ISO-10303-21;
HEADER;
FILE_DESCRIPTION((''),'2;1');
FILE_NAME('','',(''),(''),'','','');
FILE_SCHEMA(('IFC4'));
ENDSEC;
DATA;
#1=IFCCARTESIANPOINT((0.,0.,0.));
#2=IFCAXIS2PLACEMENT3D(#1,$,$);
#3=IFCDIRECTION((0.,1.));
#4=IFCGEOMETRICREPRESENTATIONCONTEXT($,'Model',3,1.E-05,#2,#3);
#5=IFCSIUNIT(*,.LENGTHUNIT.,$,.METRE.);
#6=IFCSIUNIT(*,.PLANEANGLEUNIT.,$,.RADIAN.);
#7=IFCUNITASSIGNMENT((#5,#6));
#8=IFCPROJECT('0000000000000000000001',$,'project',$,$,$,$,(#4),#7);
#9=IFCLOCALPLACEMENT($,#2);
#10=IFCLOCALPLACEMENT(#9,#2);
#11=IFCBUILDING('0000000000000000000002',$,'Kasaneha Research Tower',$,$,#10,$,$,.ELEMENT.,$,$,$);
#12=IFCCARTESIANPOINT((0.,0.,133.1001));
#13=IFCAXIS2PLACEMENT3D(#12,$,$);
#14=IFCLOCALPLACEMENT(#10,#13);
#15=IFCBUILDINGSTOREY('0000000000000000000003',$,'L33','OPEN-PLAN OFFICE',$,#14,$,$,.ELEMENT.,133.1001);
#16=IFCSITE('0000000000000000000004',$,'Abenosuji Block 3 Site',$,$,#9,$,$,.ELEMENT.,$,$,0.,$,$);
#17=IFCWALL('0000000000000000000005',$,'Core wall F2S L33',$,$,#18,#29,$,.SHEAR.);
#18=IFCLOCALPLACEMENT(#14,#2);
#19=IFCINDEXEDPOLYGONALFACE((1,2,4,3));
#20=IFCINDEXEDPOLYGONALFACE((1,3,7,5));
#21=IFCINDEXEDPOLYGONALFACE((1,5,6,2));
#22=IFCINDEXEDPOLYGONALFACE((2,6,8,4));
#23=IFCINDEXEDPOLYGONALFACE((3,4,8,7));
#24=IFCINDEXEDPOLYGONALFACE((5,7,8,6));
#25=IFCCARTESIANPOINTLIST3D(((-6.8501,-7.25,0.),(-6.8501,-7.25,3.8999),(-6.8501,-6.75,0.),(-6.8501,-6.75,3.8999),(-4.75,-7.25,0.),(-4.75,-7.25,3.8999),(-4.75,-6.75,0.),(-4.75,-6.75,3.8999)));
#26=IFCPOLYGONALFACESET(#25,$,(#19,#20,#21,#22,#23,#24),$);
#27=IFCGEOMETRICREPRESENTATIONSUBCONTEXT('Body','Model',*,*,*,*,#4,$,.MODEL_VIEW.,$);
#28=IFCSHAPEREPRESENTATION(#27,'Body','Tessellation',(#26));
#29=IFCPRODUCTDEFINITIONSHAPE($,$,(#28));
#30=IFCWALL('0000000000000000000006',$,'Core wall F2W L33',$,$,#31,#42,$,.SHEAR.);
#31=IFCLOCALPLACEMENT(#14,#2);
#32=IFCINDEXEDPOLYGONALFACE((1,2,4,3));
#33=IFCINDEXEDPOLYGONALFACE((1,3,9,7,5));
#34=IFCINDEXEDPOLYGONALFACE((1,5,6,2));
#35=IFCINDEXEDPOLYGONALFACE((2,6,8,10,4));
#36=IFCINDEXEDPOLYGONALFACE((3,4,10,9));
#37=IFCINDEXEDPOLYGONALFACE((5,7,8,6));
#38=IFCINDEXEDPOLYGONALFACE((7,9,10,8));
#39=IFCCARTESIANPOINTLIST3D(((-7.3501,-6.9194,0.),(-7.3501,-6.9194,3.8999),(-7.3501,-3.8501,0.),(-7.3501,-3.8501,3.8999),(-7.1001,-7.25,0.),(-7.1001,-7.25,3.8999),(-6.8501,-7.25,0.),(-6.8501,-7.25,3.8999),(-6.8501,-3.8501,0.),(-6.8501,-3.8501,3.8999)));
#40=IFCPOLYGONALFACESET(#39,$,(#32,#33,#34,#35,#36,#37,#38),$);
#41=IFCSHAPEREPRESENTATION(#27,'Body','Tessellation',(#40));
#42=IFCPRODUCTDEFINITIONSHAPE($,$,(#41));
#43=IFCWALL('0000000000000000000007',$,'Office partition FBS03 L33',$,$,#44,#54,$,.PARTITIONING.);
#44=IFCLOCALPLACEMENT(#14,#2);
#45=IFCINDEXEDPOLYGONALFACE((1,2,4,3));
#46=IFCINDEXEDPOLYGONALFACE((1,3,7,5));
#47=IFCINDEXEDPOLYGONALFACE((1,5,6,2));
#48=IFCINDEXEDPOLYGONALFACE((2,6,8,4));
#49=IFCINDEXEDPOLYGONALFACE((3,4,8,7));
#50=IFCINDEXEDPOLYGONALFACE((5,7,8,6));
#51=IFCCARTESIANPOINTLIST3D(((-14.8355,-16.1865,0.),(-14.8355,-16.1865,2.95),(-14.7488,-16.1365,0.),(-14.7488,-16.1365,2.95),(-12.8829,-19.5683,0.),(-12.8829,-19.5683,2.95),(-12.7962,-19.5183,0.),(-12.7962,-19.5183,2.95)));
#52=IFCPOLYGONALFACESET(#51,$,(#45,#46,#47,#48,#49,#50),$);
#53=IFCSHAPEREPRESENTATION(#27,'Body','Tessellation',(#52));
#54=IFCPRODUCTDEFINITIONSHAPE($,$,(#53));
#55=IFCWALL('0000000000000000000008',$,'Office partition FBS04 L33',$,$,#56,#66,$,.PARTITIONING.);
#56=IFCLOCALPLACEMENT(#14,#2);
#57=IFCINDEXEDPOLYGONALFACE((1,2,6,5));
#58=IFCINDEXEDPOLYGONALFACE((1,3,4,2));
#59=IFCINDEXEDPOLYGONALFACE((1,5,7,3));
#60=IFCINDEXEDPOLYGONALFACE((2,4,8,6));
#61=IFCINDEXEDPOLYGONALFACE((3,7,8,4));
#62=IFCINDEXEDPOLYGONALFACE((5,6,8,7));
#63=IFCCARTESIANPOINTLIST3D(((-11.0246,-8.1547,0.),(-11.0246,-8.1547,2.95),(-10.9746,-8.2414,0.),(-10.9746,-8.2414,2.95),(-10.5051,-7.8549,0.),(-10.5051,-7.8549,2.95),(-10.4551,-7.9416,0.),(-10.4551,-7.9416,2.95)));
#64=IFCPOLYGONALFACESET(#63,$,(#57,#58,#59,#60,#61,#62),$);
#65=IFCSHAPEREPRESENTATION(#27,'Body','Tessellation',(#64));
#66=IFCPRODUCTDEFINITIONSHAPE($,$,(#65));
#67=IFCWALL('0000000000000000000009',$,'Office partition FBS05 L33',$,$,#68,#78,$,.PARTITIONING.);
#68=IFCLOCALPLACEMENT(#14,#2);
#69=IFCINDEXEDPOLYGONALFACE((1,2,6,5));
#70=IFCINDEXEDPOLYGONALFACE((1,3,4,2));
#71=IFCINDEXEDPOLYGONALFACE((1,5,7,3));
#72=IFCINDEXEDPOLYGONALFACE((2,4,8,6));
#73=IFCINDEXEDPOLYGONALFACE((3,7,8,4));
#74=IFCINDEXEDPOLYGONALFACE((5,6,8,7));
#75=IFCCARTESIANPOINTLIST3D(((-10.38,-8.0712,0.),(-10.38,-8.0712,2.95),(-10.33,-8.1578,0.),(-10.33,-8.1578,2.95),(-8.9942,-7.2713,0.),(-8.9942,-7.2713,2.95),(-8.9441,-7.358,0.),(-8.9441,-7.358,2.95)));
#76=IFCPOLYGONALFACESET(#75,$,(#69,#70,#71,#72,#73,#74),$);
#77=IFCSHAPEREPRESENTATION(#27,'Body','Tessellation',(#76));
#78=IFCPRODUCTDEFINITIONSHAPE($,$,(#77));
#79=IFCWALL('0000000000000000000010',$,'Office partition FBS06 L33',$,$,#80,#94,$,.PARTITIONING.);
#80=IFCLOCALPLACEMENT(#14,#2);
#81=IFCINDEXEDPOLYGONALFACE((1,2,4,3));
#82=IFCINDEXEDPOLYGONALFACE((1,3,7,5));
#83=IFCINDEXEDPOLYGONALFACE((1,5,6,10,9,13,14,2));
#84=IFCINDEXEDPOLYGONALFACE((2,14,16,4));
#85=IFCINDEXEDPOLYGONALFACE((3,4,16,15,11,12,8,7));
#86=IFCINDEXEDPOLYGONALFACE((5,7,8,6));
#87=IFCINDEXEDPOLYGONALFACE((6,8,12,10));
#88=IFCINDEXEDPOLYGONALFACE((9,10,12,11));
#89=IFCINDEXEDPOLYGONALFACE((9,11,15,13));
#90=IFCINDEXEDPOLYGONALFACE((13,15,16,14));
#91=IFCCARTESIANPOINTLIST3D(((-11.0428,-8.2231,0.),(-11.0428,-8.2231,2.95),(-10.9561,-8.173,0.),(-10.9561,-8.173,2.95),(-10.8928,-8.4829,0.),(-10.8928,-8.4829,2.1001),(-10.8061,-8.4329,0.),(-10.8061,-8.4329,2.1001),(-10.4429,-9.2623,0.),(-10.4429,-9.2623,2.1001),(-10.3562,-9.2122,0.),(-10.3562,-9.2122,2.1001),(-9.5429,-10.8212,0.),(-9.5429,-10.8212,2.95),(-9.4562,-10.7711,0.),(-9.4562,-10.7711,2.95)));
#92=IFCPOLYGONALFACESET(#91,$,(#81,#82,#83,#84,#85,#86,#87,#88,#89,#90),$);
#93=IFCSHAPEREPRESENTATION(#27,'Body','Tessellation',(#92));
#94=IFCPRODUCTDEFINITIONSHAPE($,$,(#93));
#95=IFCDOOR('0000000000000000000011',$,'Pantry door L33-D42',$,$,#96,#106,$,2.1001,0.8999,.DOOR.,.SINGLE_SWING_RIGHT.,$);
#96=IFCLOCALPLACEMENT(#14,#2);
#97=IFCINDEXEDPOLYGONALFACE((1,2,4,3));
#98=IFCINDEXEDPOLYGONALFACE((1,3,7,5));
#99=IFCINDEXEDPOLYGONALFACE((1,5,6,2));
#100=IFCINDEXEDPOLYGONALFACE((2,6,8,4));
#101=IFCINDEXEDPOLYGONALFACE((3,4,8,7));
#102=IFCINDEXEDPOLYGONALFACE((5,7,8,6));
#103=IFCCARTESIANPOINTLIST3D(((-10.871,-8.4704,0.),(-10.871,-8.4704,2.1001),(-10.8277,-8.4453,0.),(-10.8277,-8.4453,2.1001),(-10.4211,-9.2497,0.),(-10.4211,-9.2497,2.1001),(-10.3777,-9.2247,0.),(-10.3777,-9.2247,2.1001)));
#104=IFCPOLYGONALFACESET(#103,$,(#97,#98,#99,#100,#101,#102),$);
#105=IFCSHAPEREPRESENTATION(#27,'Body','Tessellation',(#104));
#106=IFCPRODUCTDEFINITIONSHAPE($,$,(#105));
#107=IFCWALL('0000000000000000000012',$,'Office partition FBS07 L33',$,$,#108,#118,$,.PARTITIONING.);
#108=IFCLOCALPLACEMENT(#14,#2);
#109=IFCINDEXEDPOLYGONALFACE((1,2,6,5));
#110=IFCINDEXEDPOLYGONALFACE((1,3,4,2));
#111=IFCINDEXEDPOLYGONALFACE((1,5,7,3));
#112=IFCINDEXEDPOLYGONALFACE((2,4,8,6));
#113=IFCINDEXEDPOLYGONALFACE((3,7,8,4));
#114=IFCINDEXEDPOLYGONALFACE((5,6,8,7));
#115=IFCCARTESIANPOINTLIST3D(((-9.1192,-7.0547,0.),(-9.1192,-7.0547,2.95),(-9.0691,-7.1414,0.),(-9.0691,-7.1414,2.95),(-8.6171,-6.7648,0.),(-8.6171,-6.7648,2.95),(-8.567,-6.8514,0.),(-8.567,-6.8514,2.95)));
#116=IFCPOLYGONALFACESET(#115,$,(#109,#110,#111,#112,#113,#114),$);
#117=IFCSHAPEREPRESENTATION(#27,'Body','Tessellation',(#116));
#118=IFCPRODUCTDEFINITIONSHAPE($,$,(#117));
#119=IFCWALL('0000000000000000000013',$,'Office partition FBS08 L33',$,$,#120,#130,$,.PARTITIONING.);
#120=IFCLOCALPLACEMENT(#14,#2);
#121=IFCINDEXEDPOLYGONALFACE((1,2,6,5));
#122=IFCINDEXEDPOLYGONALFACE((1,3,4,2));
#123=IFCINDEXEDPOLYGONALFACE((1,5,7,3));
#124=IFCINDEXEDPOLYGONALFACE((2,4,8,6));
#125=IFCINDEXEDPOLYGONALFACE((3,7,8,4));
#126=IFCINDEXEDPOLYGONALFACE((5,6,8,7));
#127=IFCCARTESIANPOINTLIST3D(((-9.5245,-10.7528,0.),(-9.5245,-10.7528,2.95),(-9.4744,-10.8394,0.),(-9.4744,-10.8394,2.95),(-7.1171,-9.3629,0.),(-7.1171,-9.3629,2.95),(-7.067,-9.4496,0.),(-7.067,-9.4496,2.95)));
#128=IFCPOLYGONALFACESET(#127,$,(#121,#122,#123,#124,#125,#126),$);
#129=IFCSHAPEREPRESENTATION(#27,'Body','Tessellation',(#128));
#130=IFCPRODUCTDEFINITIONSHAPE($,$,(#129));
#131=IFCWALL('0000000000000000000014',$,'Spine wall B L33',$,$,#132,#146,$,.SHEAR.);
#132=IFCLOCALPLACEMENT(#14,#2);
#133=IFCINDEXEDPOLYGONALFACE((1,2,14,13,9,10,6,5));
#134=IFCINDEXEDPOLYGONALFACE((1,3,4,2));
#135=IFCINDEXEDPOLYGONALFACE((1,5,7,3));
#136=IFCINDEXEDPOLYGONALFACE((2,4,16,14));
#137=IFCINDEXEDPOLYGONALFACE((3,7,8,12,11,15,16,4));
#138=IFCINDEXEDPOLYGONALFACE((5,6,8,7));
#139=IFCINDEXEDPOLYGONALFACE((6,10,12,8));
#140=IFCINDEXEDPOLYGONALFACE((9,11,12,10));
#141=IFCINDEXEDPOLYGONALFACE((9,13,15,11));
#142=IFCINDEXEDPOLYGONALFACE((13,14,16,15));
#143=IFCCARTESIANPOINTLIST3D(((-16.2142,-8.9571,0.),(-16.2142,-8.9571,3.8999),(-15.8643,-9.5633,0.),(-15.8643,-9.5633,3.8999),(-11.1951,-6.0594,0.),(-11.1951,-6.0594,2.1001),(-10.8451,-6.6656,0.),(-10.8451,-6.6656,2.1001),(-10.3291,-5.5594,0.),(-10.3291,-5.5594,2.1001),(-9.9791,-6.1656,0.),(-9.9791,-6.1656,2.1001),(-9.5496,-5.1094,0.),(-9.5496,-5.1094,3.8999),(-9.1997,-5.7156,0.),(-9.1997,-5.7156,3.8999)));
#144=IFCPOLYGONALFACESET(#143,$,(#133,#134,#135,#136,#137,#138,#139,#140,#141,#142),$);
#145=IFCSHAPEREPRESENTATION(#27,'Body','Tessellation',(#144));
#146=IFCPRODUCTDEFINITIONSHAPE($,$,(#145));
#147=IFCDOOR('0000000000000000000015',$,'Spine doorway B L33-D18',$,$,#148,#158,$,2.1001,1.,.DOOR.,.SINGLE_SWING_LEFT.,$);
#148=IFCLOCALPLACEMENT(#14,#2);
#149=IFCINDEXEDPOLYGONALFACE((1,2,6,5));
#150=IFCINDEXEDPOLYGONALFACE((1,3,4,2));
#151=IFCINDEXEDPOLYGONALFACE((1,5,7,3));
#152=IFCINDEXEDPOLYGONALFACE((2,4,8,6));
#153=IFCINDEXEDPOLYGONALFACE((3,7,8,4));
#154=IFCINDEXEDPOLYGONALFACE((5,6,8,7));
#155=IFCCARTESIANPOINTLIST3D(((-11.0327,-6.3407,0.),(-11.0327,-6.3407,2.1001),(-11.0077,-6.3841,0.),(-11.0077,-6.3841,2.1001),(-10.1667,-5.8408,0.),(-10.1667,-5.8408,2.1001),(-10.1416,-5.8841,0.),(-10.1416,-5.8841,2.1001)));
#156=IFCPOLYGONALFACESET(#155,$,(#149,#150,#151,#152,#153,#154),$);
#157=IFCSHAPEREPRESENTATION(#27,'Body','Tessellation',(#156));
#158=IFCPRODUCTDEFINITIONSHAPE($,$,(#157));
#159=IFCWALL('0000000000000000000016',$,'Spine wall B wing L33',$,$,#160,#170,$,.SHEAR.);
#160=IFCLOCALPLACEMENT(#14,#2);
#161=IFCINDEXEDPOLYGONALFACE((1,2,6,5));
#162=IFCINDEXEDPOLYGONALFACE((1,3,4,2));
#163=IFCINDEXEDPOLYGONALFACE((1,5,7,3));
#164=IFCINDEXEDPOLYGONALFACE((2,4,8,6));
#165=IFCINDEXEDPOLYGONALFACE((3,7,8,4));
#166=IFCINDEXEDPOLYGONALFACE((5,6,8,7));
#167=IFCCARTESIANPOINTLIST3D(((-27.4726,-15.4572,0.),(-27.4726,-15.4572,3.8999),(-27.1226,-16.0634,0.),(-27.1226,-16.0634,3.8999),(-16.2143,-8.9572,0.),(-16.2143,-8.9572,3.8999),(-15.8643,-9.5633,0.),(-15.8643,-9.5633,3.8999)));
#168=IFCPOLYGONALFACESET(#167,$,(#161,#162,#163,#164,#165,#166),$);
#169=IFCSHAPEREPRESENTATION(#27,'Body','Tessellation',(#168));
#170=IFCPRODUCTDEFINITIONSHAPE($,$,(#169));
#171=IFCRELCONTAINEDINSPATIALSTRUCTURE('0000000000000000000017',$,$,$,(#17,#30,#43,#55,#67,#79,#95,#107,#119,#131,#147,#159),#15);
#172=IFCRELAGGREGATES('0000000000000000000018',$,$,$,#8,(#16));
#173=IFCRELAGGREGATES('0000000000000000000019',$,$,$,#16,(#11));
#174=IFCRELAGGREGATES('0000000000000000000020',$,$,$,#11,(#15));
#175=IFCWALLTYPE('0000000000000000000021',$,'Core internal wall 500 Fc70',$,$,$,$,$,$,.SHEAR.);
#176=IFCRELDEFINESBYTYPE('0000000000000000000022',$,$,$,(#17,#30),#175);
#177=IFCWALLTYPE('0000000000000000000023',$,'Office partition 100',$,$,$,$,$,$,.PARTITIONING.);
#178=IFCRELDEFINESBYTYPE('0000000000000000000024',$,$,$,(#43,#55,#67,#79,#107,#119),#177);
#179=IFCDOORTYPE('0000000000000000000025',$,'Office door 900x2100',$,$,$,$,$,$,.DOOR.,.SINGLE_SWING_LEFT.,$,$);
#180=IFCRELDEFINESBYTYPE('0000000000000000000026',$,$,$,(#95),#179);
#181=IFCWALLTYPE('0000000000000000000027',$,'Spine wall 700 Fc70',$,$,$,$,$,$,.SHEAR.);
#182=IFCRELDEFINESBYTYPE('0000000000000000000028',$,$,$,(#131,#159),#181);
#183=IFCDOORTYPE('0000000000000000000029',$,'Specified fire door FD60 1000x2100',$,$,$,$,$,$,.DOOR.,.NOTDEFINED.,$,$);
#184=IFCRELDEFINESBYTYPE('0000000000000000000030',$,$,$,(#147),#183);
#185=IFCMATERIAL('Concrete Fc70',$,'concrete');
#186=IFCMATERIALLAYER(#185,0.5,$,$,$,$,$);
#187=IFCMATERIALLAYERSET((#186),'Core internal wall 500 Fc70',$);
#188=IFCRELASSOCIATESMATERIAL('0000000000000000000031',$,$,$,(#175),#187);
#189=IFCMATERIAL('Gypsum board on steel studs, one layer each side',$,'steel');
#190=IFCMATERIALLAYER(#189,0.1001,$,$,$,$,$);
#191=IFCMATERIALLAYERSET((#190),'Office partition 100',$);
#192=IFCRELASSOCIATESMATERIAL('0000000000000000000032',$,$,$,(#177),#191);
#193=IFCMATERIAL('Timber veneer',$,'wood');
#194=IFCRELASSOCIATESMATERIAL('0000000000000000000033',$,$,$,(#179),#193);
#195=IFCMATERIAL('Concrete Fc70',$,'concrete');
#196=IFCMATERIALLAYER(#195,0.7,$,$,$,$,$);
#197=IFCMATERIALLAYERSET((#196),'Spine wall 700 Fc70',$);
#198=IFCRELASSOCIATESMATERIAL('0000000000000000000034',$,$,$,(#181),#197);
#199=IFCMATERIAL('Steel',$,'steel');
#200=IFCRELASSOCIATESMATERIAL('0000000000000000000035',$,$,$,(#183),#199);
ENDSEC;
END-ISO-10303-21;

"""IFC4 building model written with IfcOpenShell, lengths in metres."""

from ifc_helpers import new_model, si_unit, direction, frame, frame_2d, origin, place, context, subcontext, project, spatial, polyline, rectangle, outline, extrude, material, layer, layer_set, type_object, element, fill, save


model = new_model("IFC4")

# Units and contexts
model_context = context("Model", 3, precision=1e-05, world=origin(), true_north=direction((0.0, 1.0)))
body_context = subcontext(model_context, "Body", "Model", "MODEL_VIEW")
ifc_project = project(units=[si_unit("LENGTHUNIT", "METRE"), si_unit("PLANEANGLEUNIT", "RADIAN")], contexts=[model_context])

# Site, building, storey
site_placement = place(None, origin())
site = spatial("IfcSite", under=ifc_project, at=site_placement, Name="Abenosuji Block 3 Site", CompositionType="ELEMENT", RefElevation=0.0)
building_placement = place(site_placement, origin())
building = spatial("IfcBuilding", under=site, at=building_placement, Name="Kasaneha Research Tower", CompositionType="ELEMENT")
storey_placement = place(building_placement, frame((0.0, 0.0, 133.1001)))
storey = spatial("IfcBuildingStorey", under=building, at=storey_placement, Name="L33", Description="OPEN-PLAN OFFICE", CompositionType="ELEMENT", Elevation=133.1001)

# Shared definitions
ifc_material_1 = material(Name="Concrete Fc70", Category="concrete")
ifc_layer_1 = layer(ifc_material_1, 0.5)
ifc_layer_set_1 = layer_set([ifc_layer_1], Name="Core internal wall 500 Fc70")
wall_type_1 = type_object("IfcWallType", Name="Core internal wall 500 Fc70", PredefinedType="SHEAR", material=ifc_layer_set_1)

# Walls
wall_1_placement = place(storey_placement, frame((-6.8501, -7.0, 0.0), z_axis=(0.0, 0.0, 1.0), x_axis=(1.0, 0.0, 0.0)))
element("IfcWall", 1, at=wall_1_placement, inside=storey, type_object=wall_type_1, Name="Core wall F2S L33", PredefinedType="SHEAR", context=body_context, shape_type="SweptSolid", body=[
    extrude(rectangle(XDim=2.1001, YDim=0.5, at=frame_2d((1.05, 0.0))), origin(), (0.0, 0.0, 1.0), 3.8999),
])
wall_2_placement = place(storey_placement, frame((-7.1001, -3.8501, 0.0), z_axis=(0.0, 0.0, 1.0), x_axis=(0.0, -1.0, 0.0)))
element("IfcWall", 2, at=wall_2_placement, inside=storey, type_object=wall_type_1, Name="Core wall F2W L33", PredefinedType="SHEAR", context=body_context, shape_type="SweptSolid", body=[
    extrude(outline(polyline([(0.0, -0.25), (3.0693, -0.25), (3.3999, 0.0), (3.3999, 0.25), (0.0, 0.25), (0.0, -0.25)])), origin(), (0.0, 0.0, 1.0), 3.8999),
])
ifc_material_2 = material(Name="Gypsum board on steel studs, one layer each side", Category="steel")
ifc_layer_2 = layer(ifc_material_2, 0.1001)
ifc_layer_set_2 = layer_set([ifc_layer_2], Name="Office partition 100")
wall_type_2 = type_object("IfcWallType", Name="Office partition 100", PredefinedType="PARTITIONING", material=ifc_layer_set_2)
wall_3_placement = place(storey_placement, frame((-14.7922, -16.1614, 0.0), z_axis=(0.0, 0.0, 1.0), x_axis=(0.500026, -0.866011, 0.0)))
element("IfcWall", 3, at=wall_3_placement, inside=storey, type_object=wall_type_2, Name="Office partition FBS03 L33", PredefinedType="PARTITIONING", context=body_context, shape_type="SweptSolid", body=[
    extrude(rectangle(XDim=3.905, YDim=0.1001, at=frame_2d((1.9526, 0.0))), origin(), (0.0, 0.0, 1.0), 2.95),
])
wall_4_placement = place(storey_placement, frame((-10.9995, -8.198, 0.0), z_axis=(0.0, 0.0, 1.0), x_axis=(0.866131, 0.499816, 0.0)))
element("IfcWall", 4, at=wall_4_placement, inside=storey, type_object=wall_type_2, Name="Office partition FBS04 L33", PredefinedType="PARTITIONING", context=body_context, shape_type="SweptSolid", body=[
    extrude(rectangle(XDim=0.5999, YDim=0.1001, at=frame_2d((0.2998, 0.0))), origin(), (0.0, 0.0, 1.0), 2.95),
])
wall_5_placement = place(storey_placement, frame((-10.355, -8.1145, 0.0), z_axis=(0.0, 0.0, 1.0), x_axis=(0.866094, 0.499881, 0.0)))
element("IfcWall", 5, at=wall_5_placement, inside=storey, type_object=wall_type_2, Name="Office partition FBS05 L33", PredefinedType="PARTITIONING", context=body_context, shape_type="SweptSolid", body=[
    extrude(rectangle(XDim=1.6001, YDim=0.1001, at=frame_2d((0.8, 0.0))), origin(), (0.0, 0.0, 1.0), 2.95),
])

# Wall, opening, door
wall_6_placement = place(storey_placement, frame((-9.4995, -10.7961, 0.0), z_axis=(0.0, 0.0, 1.0), x_axis=(-0.49999, 0.866031, 0.0)))
wall_6 = element("IfcWall", 6, at=wall_6_placement, inside=storey, type_object=wall_type_2, Name="Office partition FBS06 L33", PredefinedType="PARTITIONING", context=body_context, shape_type="SweptSolid", body=[
    extrude(rectangle(XDim=3.0, YDim=0.1001, at=frame_2d((1.5, 0.0))), origin(), (0.0, 0.0, 1.0), 2.95),
])
opening_1_placement = place(wall_6_placement, frame((1.8, 0.0, 0.0)))
opening_1 = element("IfcOpeningElement", 7, at=opening_1_placement, cuts=wall_6, PredefinedType="OPENING", context=body_context, shape_type="SweptSolid", body=[
    extrude(rectangle(XDim=0.8999, YDim=2.1001, at=frame_2d((0.45, 1.05))), frame((0.0, 0.0601, 0.0), z_axis=(0.0, -1.0, 0.0), x_axis=(1.0, 0.0, 0.0)), (0.0, 0.0, 1.0), 0.1201),
])
ifc_material_3 = material(Name="Timber veneer", Category="wood")
door_type_1 = type_object("IfcDoorType", Name="Office door 900x2100", OperationType="SINGLE_SWING_LEFT", PredefinedType="DOOR", material=ifc_material_3)
door_1_placement = place(opening_1_placement, origin())
door_1 = element("IfcDoor", 8, at=door_1_placement, inside=storey, type_object=door_type_1, Name="Pantry door L33-D42", OperationType="SINGLE_SWING_RIGHT", OverallHeight=2.1001, OverallWidth=0.8999, PredefinedType="DOOR", context=body_context, shape_type="SweptSolid", body=[
    extrude(rectangle(XDim=0.8999, YDim=2.1001, at=frame_2d((0.45, 1.05))), frame((0.0, 0.0249, 0.0), z_axis=(0.0, -1.0, 0.0), x_axis=(1.0, 0.0, 0.0)), (0.0, 0.0, 1.0), 0.05),
])
fill(opening_1, door_1)

# Walls
wall_7_placement = place(storey_placement, frame((-9.0942, -7.0981, 0.0), z_axis=(0.0, 0.0, 1.0), x_axis=(0.865954, 0.500123, 0.0)))
element("IfcWall", 9, at=wall_7_placement, inside=storey, type_object=wall_type_2, Name="Office partition FBS07 L33", PredefinedType="PARTITIONING", context=body_context, shape_type="SweptSolid", body=[
    extrude(rectangle(XDim=0.5798, YDim=0.1001, at=frame_2d((0.29, 0.0))), origin(), (0.0, 0.0, 1.0), 2.95),
])
wall_8_placement = place(storey_placement, frame((-7.092, -9.4062, 0.0), z_axis=(0.0, 0.0, 1.0), x_axis=(-0.866035, -0.499983, 0.0)))
element("IfcWall", 10, at=wall_8_placement, inside=storey, type_object=wall_type_2, Name="Office partition FBS08 L33", PredefinedType="PARTITIONING", context=body_context, shape_type="SweptSolid", body=[
    extrude(rectangle(XDim=2.7798, YDim=0.1001, at=frame_2d((1.3899, 0.0))), origin(), (0.0, 0.0, 1.0), 2.95),
])

# Wall, opening, door
ifc_material_4 = material(Name="Concrete Fc70", Category="concrete")
ifc_layer_3 = layer(ifc_material_4, 0.7)
ifc_layer_set_3 = layer_set([ifc_layer_3], Name="Spine wall 700 Fc70")
wall_type_3 = type_object("IfcWallType", Name="Spine wall 700 Fc70", PredefinedType="SHEAR", material=ifc_layer_set_3)
wall_9_placement = place(storey_placement, frame((-9.3748, -5.4126, 0.0), z_axis=(0.0, 0.0, 1.0), x_axis=(-0.866032, -0.499988, 0.0)))
wall_9 = element("IfcWall", 11, at=wall_9_placement, inside=storey, type_object=wall_type_3, Name="Spine wall B L33", PredefinedType="SHEAR", context=body_context, shape_type="SweptSolid", body=[
    extrude(rectangle(XDim=7.6956, YDim=0.7, at=frame_2d((3.8477, 0.0))), origin(), (0.0, 0.0, 1.0), 3.8999),
])
opening_2_placement = place(wall_9_placement, frame((0.8999, 0.0, 0.0)))
opening_2 = element("IfcOpeningElement", 12, at=opening_2_placement, cuts=wall_9, PredefinedType="OPENING", context=body_context, shape_type="SweptSolid", body=[
    extrude(rectangle(XDim=1.0, YDim=2.1001, at=frame_2d((0.5, 1.05))), frame((0.0, 0.3599, 0.0), z_axis=(0.0, -1.0, 0.0), x_axis=(1.0, 0.0, 0.0)), (0.0, 0.0, 1.0), 0.72),
])
ifc_material_5 = material(Name="Steel", Category="steel")
door_type_2 = type_object("IfcDoorType", Name="Specified fire door FD60 1000x2100", OperationType="NOTDEFINED", PredefinedType="DOOR", material=ifc_material_5)
door_2_placement = place(opening_2_placement, origin())
door_2 = element("IfcDoor", 13, at=door_2_placement, inside=storey, type_object=door_type_2, Name="Spine doorway B L33-D18", OperationType="SINGLE_SWING_LEFT", OverallHeight=2.1001, OverallWidth=1.0, PredefinedType="DOOR", context=body_context, shape_type="SweptSolid", body=[
    extrude(rectangle(XDim=1.0, YDim=2.1001, at=frame_2d((0.5, 1.05))), frame((0.0, 0.0249, 0.0), z_axis=(0.0, -1.0, 0.0), x_axis=(1.0, 0.0, 0.0)), (0.0, 0.0, 1.0), 0.05),
])
fill(opening_2, door_2)

# Wall
wall_10_placement = place(storey_placement, frame((-16.0393, -9.2603, 0.0), z_axis=(0.0, 0.0, 1.0), x_axis=(-0.866025, -0.500001, 0.0)))
element("IfcWall", 14, at=wall_10_placement, inside=storey, type_object=wall_type_3, Name="Spine wall B wing L33", PredefinedType="SHEAR", context=body_context, shape_type="SweptSolid", body=[
    extrude(rectangle(XDim=13.0, YDim=0.7, at=frame_2d((6.5, 0.0))), origin(), (0.0, 0.0, 1.0), 3.8999),
])

save(model, "model.ifc")
